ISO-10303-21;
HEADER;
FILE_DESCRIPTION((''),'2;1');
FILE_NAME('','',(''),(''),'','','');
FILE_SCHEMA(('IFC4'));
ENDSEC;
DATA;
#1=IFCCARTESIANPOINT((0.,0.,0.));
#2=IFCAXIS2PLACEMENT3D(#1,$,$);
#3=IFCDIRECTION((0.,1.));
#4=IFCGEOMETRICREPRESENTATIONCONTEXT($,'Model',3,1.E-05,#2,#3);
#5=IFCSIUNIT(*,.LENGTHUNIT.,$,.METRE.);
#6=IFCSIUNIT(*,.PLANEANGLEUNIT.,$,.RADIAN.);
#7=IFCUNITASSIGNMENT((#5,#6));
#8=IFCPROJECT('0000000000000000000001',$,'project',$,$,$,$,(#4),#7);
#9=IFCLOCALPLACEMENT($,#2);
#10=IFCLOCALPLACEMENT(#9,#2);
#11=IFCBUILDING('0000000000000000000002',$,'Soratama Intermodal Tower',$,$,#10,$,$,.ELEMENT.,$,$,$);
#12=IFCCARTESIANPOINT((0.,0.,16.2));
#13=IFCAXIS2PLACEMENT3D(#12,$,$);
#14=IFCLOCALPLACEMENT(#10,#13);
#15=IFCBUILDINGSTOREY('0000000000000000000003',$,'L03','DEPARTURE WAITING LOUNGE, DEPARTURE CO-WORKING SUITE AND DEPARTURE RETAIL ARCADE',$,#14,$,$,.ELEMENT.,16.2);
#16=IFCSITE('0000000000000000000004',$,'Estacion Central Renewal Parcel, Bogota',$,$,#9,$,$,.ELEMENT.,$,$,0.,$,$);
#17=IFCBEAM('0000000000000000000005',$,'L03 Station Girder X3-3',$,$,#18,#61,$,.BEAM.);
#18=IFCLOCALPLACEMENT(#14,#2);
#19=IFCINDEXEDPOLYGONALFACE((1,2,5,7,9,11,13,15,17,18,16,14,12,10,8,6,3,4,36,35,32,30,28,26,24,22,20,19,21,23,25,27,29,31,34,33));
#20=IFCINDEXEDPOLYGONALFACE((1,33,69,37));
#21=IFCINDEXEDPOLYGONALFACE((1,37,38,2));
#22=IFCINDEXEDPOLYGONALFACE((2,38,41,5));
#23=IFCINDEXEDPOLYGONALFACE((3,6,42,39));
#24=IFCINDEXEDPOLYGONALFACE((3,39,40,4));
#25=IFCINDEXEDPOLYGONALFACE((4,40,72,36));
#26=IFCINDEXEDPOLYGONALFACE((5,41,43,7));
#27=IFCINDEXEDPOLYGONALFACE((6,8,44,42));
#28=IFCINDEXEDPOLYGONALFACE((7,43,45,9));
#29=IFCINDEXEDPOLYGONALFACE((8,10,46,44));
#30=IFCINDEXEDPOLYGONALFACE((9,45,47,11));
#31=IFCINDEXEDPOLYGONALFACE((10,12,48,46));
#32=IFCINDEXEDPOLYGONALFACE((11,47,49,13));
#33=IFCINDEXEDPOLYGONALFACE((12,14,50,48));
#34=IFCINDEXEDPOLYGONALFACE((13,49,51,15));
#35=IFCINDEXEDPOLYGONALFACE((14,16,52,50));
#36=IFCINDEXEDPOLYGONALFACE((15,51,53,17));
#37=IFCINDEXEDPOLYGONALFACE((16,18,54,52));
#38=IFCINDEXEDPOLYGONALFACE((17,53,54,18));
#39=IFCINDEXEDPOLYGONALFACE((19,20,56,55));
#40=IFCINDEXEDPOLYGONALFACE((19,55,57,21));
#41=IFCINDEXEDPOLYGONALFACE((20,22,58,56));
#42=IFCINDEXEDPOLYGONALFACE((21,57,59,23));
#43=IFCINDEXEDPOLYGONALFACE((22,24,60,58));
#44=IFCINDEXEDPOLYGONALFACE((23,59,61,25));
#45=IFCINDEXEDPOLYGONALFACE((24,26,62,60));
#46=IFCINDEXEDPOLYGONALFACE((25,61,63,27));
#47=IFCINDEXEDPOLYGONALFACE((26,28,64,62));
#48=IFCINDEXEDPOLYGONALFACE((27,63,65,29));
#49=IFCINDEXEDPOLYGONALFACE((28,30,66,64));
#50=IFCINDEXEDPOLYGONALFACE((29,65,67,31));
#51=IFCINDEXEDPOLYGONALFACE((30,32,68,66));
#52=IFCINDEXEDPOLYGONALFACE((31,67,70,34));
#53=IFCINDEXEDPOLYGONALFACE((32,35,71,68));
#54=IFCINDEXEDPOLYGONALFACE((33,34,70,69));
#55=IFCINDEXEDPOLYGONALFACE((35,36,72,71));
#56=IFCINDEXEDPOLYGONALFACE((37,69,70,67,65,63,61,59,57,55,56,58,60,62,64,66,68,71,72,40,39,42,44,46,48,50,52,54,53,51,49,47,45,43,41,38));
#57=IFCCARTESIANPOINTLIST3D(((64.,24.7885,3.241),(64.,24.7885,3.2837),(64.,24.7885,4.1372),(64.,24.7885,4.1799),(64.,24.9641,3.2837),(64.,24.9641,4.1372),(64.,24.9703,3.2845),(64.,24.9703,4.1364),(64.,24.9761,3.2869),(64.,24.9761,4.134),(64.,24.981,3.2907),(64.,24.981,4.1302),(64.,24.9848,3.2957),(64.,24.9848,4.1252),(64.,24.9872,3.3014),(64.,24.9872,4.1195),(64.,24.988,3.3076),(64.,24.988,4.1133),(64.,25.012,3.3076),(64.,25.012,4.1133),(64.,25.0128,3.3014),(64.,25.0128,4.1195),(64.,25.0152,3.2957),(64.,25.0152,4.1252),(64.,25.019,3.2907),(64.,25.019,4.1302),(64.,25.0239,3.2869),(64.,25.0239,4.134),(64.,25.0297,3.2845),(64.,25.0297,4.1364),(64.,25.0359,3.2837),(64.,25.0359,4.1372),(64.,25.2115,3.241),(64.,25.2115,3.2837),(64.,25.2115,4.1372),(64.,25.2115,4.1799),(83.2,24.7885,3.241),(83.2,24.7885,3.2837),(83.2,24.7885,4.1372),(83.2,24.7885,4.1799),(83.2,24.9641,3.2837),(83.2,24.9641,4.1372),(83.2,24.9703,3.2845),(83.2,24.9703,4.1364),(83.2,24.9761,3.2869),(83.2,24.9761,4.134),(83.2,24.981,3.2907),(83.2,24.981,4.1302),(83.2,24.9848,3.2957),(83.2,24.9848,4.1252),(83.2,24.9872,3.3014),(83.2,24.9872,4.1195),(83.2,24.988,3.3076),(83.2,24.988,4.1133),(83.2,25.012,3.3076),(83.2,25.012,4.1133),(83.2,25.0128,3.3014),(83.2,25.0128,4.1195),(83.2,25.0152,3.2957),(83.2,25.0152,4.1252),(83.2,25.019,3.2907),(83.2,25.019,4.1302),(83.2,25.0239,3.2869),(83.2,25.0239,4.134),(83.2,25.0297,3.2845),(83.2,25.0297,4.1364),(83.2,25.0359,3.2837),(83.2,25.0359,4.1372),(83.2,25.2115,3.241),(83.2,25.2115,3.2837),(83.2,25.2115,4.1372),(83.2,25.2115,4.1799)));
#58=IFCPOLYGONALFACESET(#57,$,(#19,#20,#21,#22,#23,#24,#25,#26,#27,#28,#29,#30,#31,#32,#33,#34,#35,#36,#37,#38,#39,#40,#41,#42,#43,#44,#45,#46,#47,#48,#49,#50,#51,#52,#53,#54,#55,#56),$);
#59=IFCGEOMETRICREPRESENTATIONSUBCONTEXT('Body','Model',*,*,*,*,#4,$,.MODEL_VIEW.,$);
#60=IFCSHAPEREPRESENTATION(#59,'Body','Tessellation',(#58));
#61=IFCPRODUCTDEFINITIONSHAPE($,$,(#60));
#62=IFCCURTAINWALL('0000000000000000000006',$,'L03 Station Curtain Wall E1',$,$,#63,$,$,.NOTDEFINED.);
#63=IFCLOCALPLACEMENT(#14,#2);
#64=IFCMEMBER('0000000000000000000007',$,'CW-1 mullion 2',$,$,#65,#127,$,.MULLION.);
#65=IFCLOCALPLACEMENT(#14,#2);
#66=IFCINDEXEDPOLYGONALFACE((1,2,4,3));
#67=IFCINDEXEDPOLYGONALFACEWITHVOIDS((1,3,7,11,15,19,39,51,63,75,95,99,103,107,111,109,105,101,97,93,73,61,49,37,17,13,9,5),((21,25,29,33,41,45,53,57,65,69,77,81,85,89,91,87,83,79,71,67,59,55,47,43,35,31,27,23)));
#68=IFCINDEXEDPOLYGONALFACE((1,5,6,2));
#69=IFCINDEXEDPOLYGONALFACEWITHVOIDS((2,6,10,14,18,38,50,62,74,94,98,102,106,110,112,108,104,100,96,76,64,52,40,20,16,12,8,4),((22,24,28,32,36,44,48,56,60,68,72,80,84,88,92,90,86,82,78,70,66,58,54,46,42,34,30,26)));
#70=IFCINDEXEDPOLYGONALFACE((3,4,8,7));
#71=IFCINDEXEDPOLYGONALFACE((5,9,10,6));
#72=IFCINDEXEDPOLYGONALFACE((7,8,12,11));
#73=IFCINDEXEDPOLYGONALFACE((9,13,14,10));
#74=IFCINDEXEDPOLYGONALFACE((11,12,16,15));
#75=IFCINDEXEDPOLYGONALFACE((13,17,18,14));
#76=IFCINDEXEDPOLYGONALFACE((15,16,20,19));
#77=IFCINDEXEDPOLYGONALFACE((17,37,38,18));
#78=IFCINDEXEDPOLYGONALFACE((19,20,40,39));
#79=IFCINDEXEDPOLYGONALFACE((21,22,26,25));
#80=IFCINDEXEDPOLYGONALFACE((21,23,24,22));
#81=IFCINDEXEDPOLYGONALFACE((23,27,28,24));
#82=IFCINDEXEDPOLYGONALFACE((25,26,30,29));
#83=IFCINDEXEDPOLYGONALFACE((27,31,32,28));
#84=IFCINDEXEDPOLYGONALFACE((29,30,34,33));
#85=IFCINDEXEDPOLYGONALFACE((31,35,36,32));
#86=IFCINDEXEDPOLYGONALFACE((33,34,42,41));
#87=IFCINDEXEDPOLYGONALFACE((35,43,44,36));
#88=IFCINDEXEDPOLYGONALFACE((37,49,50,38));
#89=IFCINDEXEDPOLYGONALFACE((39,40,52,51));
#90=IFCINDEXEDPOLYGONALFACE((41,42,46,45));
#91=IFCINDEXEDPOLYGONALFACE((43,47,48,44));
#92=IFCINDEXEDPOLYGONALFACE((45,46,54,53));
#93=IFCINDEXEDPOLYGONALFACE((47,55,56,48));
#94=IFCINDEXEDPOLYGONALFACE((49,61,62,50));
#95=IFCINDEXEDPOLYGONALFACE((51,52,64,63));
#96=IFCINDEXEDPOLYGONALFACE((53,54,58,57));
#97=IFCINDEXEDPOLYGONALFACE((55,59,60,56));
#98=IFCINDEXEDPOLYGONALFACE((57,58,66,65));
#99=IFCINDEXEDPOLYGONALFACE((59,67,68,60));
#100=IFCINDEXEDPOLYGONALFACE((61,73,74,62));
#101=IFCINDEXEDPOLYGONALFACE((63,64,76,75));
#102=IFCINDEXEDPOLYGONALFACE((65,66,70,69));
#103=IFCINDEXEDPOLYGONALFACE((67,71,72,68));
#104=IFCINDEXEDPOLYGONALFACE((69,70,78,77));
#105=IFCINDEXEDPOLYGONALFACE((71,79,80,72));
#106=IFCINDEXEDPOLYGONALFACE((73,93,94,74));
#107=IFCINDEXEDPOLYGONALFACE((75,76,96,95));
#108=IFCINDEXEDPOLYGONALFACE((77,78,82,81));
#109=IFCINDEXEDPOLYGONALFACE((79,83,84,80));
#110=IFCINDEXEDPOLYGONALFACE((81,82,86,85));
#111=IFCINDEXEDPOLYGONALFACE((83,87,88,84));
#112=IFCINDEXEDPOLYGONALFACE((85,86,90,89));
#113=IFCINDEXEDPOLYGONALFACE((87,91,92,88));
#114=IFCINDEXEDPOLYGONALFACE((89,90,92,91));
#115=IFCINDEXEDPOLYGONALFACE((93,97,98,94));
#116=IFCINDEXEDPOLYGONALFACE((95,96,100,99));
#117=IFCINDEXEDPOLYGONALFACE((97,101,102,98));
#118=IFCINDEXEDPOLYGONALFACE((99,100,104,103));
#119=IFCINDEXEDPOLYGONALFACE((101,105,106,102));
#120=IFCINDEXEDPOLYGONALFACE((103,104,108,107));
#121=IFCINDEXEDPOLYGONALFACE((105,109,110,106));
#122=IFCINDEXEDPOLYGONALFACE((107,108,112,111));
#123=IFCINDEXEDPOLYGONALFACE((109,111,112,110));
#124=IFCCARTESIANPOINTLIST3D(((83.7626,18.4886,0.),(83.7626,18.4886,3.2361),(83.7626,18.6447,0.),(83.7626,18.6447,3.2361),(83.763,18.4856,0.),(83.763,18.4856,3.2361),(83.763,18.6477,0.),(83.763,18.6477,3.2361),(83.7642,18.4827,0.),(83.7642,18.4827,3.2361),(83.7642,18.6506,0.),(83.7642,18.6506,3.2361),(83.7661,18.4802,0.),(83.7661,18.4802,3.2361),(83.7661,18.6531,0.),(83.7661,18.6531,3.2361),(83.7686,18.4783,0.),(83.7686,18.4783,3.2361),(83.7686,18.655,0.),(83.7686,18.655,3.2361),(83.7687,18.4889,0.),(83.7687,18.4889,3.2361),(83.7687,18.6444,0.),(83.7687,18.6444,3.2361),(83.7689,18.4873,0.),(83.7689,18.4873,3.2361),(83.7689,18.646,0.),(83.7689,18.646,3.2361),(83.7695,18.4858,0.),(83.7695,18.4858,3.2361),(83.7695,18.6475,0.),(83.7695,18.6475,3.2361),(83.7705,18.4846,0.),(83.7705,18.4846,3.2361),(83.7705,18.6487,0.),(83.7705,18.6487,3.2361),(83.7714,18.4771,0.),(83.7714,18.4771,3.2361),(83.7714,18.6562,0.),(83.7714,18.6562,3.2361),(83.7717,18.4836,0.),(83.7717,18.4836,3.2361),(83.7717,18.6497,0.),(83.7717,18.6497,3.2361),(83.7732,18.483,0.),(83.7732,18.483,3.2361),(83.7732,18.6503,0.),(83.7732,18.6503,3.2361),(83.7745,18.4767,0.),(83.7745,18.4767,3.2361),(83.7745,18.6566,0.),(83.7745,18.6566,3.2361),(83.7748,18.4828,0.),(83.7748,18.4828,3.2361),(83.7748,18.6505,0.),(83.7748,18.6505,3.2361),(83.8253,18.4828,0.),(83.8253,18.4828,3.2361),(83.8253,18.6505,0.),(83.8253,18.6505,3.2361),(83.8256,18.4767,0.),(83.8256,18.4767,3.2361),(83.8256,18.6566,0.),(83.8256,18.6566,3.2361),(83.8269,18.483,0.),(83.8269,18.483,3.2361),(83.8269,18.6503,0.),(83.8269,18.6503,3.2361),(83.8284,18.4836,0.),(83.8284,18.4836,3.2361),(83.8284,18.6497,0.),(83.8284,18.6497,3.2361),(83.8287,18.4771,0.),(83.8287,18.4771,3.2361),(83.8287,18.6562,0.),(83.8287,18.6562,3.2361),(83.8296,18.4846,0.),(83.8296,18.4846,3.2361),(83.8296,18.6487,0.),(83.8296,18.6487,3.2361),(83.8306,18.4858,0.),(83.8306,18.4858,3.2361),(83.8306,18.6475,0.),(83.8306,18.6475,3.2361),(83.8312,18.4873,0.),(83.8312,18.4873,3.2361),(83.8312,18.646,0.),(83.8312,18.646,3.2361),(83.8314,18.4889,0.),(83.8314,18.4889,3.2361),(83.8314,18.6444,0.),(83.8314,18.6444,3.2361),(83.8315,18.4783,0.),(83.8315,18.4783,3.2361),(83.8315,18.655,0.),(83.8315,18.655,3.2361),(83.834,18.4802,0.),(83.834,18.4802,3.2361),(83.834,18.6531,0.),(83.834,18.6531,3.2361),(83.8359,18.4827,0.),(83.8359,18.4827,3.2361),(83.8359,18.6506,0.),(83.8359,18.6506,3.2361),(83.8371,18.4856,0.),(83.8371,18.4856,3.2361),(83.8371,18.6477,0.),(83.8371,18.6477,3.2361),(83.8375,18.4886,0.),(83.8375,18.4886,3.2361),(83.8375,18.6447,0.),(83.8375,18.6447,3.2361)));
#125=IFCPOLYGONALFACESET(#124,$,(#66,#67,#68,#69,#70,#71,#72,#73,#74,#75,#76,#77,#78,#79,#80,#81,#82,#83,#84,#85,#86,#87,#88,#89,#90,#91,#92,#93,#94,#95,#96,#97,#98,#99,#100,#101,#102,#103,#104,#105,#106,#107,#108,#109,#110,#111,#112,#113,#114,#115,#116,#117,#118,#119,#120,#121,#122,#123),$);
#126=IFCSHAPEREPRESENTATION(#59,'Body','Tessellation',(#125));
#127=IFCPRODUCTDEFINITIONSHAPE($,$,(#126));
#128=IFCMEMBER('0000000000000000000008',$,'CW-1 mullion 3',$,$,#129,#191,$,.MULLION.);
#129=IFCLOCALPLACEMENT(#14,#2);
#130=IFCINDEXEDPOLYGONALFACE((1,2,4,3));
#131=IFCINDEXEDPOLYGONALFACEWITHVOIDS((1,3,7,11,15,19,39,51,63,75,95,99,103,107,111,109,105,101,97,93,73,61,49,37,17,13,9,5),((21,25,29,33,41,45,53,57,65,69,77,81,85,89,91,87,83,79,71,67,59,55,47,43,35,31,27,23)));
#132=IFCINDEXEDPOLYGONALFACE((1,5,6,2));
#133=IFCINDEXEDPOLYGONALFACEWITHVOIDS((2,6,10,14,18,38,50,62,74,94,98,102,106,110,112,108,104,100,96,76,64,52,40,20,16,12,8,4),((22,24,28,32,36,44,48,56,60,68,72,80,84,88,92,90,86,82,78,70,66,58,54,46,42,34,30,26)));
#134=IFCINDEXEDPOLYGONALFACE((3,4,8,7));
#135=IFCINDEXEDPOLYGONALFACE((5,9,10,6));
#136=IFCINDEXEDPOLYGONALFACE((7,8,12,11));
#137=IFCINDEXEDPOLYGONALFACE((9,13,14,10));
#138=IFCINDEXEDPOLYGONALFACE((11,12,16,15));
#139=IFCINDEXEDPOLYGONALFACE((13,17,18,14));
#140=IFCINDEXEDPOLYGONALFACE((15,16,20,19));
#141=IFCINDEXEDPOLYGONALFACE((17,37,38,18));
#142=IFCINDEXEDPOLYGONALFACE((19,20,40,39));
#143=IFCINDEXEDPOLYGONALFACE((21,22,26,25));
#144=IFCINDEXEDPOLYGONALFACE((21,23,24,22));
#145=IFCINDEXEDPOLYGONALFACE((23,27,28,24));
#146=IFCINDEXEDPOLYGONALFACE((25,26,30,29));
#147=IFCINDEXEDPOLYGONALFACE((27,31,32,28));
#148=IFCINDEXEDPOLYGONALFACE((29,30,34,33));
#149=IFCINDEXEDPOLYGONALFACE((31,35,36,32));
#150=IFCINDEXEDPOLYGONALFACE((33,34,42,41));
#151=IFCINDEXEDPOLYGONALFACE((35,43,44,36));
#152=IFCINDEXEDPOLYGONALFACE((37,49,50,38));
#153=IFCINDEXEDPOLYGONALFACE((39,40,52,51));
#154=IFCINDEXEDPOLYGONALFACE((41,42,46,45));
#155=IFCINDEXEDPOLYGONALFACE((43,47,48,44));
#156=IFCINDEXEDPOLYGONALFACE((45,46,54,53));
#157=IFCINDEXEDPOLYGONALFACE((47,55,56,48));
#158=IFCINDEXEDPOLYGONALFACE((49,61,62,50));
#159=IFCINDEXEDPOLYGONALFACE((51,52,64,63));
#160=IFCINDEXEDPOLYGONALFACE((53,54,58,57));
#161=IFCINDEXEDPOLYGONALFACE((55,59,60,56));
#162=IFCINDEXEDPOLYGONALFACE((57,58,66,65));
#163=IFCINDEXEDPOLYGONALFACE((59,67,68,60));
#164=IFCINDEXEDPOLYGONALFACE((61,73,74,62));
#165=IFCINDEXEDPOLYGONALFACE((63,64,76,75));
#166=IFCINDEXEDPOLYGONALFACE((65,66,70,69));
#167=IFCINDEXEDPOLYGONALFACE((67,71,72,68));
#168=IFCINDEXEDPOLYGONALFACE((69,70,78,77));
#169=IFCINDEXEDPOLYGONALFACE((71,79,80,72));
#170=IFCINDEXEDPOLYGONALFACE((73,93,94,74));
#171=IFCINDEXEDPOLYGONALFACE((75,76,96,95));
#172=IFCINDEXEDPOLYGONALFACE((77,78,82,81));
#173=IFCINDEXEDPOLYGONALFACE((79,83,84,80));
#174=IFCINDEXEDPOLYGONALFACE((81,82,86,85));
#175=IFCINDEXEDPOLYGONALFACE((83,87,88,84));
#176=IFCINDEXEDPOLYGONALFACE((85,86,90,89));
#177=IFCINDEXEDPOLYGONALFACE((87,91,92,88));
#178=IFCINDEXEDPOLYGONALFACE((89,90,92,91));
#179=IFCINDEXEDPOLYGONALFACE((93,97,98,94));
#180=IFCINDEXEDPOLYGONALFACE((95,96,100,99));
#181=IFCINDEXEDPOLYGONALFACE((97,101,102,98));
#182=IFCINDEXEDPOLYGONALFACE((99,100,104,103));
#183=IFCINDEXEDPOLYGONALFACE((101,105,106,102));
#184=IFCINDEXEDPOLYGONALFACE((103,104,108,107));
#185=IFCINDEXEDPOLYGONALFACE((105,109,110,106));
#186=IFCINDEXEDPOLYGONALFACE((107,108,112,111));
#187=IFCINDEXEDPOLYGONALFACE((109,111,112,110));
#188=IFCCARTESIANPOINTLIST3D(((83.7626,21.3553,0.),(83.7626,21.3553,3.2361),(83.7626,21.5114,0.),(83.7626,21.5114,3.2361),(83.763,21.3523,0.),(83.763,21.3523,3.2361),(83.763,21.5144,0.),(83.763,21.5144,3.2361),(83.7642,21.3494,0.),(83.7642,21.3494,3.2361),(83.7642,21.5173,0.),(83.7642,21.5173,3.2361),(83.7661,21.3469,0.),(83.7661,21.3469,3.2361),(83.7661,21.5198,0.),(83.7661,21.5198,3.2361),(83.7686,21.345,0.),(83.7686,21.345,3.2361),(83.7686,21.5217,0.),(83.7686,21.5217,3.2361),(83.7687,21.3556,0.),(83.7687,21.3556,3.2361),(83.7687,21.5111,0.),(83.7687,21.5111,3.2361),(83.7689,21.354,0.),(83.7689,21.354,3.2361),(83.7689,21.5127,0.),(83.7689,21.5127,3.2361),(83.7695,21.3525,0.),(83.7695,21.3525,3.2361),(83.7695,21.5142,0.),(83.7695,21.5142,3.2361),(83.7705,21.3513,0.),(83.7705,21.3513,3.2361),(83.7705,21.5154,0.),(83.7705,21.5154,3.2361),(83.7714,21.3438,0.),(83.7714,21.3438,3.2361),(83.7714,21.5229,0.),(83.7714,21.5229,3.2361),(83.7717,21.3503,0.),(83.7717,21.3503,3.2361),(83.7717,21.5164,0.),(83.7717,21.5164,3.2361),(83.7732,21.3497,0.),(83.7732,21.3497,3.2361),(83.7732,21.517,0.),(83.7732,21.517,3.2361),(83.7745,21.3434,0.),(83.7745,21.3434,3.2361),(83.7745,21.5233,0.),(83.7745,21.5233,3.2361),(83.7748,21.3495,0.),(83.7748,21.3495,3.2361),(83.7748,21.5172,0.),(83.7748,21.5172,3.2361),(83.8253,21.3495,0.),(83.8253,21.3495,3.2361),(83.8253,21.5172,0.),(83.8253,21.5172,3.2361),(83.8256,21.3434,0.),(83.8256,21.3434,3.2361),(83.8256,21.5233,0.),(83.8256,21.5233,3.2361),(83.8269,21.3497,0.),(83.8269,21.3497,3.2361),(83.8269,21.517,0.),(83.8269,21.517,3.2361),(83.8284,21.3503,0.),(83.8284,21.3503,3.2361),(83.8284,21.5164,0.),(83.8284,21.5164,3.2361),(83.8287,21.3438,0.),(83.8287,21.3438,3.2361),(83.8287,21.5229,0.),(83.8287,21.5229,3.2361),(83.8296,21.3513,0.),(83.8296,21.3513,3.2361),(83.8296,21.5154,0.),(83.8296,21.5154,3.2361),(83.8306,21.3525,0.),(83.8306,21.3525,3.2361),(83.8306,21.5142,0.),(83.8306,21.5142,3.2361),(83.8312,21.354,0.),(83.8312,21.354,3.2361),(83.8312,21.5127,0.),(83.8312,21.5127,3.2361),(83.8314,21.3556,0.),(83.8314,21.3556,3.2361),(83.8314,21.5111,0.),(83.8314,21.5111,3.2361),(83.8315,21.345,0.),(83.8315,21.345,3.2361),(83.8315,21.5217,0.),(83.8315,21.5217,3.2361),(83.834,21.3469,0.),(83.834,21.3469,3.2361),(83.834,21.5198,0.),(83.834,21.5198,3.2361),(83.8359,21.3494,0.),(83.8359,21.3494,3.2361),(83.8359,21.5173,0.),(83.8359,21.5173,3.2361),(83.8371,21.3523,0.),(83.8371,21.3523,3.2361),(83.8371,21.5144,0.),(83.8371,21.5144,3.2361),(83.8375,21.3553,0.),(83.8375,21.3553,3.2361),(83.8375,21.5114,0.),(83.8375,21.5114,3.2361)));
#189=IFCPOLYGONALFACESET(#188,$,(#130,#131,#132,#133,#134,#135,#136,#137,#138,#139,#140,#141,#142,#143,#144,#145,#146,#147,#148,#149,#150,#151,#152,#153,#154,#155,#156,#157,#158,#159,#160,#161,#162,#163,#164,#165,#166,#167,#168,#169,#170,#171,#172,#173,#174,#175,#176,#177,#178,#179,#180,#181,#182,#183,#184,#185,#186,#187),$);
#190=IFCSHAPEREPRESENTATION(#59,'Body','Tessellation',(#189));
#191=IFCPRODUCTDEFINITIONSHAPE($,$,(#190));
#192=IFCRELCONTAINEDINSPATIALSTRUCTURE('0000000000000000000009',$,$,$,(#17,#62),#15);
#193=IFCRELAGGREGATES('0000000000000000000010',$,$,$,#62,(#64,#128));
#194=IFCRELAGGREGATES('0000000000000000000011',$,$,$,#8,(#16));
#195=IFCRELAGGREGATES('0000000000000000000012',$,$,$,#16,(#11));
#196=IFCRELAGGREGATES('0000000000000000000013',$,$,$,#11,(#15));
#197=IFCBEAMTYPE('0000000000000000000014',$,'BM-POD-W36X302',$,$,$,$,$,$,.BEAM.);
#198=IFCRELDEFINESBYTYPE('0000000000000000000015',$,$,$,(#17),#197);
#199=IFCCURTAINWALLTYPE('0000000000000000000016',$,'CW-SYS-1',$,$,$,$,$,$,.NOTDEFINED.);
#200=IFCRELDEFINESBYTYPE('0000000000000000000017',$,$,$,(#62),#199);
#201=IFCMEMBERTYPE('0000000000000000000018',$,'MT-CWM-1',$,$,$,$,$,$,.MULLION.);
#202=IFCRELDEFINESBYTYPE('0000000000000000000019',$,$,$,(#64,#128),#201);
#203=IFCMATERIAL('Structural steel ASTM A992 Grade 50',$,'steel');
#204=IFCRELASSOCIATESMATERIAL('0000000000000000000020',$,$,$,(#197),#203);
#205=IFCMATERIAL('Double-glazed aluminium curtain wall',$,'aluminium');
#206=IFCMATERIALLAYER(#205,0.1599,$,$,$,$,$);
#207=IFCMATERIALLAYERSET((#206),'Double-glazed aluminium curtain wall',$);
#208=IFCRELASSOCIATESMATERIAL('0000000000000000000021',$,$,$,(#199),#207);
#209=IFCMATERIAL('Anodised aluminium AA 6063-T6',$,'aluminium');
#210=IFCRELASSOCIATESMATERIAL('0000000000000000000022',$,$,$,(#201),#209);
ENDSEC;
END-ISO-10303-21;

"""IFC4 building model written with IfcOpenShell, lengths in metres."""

from ifc_helpers import new_model, si_unit, direction, frame, origin, origin_2d, place, context, subcontext, project, spatial, hollow_rectangle, i_section, extrude, material, layer, layer_set, material_profile, profile_set, type_object, element, aggregate, save


model = new_model("IFC4")

# Units and contexts
model_context = context("Model", 3, precision=1e-05, world=origin(), true_north=direction((0.0, 1.0)))
body_context = subcontext(model_context, "Body", "Model", "MODEL_VIEW")
ifc_project = project(units=[si_unit("LENGTHUNIT", "METRE"), si_unit("PLANEANGLEUNIT", "RADIAN")], contexts=[model_context])

# Site, building, storey
site_placement = place(None, origin())
site = spatial("IfcSite", under=ifc_project, at=site_placement, Name="Estacion Central Renewal Parcel, Bogota", CompositionType="ELEMENT", RefElevation=0.0)
building_placement = place(site_placement, origin())
building = spatial("IfcBuilding", under=site, at=building_placement, Name="Soratama Intermodal Tower", CompositionType="ELEMENT")
storey_placement = place(building_placement, frame((0.0, 0.0, 16.2)))
storey = spatial("IfcBuildingStorey", under=building, at=storey_placement, Name="L03", Description="DEPARTURE WAITING LOUNGE, DEPARTURE CO-WORKING SUITE AND DEPARTURE RETAIL ARCADE", CompositionType="ELEMENT", Elevation=16.2)

# Beam
ifc_material_1 = material(Name="Structural steel ASTM A992 Grade 50", Category="steel")
ifc_material_profile_1 = material_profile(ifc_material_1, i_section(OverallWidth=0.4231, OverallDepth=0.939, WebThickness=0.0239, FlangeThickness=0.0427, FilletRadius=0.0239, at=origin_2d()), Name="W36X302")
ifc_profile_set_1 = profile_set([ifc_material_profile_1], Name="Structural steel ASTM A992 Grade 50")
beam_type_1 = type_object("IfcBeamType", Name="BM-POD-W36X302", PredefinedType="BEAM", material=ifc_profile_set_1)
beam_1_placement = place(storey_placement, frame((64.0, 25.0, 3.7104), z_axis=(1.0, 0.0, 0.0), x_axis=(0.0, 1.0, 0.0)))
element("IfcBeam", 1, at=beam_1_placement, inside=storey, type_object=beam_type_1, Name="L03 Station Girder X3-3", PredefinedType="BEAM", context=body_context, shape_type="SweptSolid", body=[
    extrude(i_section(OverallWidth=0.4231, OverallDepth=0.939, WebThickness=0.0239, FlangeThickness=0.0427, FilletRadius=0.0239, at=origin_2d()), origin(), (0.0, 0.0, 1.0), 19.2),
])

# Curtain wall, members
ifc_material_2 = material(Name="Double-glazed aluminium curtain wall", Category="aluminium")
ifc_layer_1 = layer(ifc_material_2, 0.1599)
ifc_layer_set_1 = layer_set([ifc_layer_1], Name="Double-glazed aluminium curtain wall")
curtain_wall_type = type_object("IfcCurtainWallType", Name="CW-SYS-1", PredefinedType="NOTDEFINED", material=ifc_layer_set_1)
curtain_wall_1_placement = place(storey_placement, origin())
curtain_wall_1 = element("IfcCurtainWall", 2, at=curtain_wall_1_placement, inside=storey, type_object=curtain_wall_type, Name="L03 Station Curtain Wall E1", PredefinedType="NOTDEFINED")
ifc_material_3 = material(Name="Anodised aluminium AA 6063-T6", Category="aluminium")
ifc_material_profile_2 = material_profile(ifc_material_3, hollow_rectangle(XDim=0.075, YDim=0.1799, WallThickness=0.0061, InnerFilletRadius=0.0061, OuterFilletRadius=0.012, at=origin_2d()), Name="CWM180X75X6")
ifc_profile_set_2 = profile_set([ifc_material_profile_2], Name="Anodised aluminium AA 6063-T6")
member_type_1 = type_object("IfcMemberType", Name="MT-CWM-1", PredefinedType="MULLION", material=ifc_profile_set_2)
member_1_placement = place(storey_placement, frame((83.8, 18.5667, 0.0), z_axis=(0.0, 0.0, 1.0), x_axis=(-1.0, 0.0, 0.0)))
member_1 = element("IfcMember", 3, at=member_1_placement, type_object=member_type_1, Name="CW-1 mullion 2", PredefinedType="MULLION", context=body_context, shape_type="SweptSolid", body=[
    extrude(hollow_rectangle(XDim=0.075, YDim=0.1799, WallThickness=0.0061, InnerFilletRadius=0.0061, OuterFilletRadius=0.012, at=origin_2d()), origin(), (0.0, 0.0, 1.0), 3.2361),
])
member_2_placement = place(storey_placement, frame((83.8, 21.4333, 0.0), z_axis=(0.0, 0.0, 1.0), x_axis=(-1.0, 0.0, 0.0)))
member_2 = element("IfcMember", 4, at=member_2_placement, type_object=member_type_1, Name="CW-1 mullion 3", PredefinedType="MULLION", context=body_context, shape_type="SweptSolid", body=[
    extrude(hollow_rectangle(XDim=0.075, YDim=0.1799, WallThickness=0.0061, InnerFilletRadius=0.0061, OuterFilletRadius=0.012, at=origin_2d()), origin(), (0.0, 0.0, 1.0), 3.2361),
])

aggregate(curtain_wall_1, [member_1, member_2])

save(model, "model.ifc")
